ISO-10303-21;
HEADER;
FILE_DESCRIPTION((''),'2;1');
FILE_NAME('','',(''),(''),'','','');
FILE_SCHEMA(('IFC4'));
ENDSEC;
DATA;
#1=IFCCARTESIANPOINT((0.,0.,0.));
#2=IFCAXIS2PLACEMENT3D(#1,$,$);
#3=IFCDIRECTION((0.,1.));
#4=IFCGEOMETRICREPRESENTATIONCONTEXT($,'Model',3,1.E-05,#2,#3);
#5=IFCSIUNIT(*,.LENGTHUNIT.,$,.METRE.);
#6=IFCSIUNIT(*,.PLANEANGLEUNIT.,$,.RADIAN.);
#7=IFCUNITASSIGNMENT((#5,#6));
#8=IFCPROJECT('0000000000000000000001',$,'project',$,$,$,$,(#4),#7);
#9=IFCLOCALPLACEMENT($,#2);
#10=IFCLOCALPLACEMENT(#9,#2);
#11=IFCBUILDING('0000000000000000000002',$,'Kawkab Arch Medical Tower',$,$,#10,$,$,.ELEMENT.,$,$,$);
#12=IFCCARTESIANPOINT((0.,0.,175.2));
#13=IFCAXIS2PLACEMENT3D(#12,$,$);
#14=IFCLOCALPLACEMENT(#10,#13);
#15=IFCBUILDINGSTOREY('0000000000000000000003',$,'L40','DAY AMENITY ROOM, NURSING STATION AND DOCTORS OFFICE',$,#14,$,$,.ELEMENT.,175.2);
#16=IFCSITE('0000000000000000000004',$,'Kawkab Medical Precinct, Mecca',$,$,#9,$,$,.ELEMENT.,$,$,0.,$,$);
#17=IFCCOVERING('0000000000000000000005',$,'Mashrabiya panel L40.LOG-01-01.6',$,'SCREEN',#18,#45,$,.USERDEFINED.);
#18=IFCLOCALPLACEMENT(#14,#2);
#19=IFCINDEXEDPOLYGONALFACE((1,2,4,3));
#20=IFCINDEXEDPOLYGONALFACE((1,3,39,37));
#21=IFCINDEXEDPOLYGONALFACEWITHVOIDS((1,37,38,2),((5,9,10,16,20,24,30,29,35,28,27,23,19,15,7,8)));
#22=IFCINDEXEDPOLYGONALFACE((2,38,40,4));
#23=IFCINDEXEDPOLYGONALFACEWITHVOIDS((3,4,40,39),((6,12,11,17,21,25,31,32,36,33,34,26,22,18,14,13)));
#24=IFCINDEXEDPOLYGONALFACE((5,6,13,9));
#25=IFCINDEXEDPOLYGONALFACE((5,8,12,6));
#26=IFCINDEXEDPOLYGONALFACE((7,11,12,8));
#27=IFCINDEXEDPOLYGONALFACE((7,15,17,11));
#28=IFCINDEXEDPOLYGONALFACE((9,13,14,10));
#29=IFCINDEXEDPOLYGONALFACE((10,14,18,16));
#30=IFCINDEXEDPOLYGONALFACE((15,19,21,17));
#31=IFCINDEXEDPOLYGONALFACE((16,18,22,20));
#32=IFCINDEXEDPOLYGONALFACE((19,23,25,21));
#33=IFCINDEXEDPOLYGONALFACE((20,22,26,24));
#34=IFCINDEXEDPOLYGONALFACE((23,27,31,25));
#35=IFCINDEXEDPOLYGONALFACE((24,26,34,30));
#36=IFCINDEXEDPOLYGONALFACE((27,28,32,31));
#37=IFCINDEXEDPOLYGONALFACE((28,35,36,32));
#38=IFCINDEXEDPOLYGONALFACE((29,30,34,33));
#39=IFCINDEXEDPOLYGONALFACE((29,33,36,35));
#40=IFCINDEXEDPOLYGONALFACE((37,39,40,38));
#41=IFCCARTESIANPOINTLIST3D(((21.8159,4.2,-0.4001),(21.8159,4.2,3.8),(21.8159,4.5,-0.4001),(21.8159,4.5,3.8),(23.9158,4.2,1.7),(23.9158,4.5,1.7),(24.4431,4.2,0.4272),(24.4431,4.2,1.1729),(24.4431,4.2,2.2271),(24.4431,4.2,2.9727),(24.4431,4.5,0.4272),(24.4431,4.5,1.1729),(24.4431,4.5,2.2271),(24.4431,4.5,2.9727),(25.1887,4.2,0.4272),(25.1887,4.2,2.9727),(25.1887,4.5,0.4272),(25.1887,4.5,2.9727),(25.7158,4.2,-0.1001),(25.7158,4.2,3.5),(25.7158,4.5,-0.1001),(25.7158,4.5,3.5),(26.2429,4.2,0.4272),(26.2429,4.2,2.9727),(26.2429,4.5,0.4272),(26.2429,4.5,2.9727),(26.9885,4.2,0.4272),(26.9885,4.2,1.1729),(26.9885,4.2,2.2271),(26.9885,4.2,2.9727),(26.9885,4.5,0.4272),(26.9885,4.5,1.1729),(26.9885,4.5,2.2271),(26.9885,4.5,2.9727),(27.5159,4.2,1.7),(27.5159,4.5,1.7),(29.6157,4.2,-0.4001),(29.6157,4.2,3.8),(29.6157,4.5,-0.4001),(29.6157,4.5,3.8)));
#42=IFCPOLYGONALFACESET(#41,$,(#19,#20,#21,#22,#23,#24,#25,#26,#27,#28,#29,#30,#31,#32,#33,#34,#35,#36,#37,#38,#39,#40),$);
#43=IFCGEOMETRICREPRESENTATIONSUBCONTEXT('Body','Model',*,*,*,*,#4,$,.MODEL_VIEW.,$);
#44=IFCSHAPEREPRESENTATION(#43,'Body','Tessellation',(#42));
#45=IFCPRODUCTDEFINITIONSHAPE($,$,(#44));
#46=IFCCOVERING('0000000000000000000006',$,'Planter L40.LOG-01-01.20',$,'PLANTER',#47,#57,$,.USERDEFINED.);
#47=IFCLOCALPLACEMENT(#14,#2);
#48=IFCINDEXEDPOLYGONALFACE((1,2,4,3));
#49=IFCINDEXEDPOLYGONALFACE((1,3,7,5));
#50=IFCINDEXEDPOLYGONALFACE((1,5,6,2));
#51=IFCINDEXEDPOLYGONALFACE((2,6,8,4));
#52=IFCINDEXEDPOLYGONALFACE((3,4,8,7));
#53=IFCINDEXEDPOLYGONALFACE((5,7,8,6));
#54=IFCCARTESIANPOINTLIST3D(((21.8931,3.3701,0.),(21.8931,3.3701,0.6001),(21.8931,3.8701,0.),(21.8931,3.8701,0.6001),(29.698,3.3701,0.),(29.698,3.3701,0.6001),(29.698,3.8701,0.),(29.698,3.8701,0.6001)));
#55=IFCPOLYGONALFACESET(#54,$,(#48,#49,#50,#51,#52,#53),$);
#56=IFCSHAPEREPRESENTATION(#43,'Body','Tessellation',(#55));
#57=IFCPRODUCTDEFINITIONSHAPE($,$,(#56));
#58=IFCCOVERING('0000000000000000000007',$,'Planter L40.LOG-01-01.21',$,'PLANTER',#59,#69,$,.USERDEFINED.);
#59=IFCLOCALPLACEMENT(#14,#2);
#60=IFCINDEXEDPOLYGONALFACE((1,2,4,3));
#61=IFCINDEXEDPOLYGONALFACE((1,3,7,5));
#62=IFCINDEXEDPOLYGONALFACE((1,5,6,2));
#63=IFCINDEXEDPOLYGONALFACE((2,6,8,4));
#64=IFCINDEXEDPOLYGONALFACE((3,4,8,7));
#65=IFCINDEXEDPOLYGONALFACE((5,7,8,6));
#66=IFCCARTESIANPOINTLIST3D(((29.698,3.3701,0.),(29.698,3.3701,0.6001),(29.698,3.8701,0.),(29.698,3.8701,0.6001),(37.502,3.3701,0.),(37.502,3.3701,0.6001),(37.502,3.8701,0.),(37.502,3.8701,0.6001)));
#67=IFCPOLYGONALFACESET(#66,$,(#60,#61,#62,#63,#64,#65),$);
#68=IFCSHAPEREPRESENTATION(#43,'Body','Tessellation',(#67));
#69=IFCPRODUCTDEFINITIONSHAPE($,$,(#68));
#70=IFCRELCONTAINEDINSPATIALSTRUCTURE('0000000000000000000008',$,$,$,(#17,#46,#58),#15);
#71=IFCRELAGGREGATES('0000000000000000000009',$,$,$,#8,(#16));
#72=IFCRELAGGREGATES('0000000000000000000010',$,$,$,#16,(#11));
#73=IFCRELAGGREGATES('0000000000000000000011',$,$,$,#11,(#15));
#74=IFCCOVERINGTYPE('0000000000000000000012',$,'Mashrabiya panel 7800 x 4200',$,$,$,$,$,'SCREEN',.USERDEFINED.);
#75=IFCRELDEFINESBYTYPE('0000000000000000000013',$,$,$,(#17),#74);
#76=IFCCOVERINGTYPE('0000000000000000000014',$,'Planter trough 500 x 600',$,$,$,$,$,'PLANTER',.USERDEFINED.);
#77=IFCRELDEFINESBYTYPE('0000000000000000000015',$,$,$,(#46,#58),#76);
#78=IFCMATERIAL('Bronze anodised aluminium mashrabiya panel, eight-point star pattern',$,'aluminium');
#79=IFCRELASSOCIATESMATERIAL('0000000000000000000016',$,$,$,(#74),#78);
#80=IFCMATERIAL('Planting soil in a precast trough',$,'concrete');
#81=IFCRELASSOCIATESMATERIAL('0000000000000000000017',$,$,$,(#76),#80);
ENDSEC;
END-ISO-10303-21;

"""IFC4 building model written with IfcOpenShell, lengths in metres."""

from ifc_helpers import new_model, si_unit, direction, frame, origin, origin_2d, place, context, subcontext, project, spatial, polyline, rectangle, outline, extrude, material, material_profile, profile_set, type_object, element, save


model = new_model("IFC4")

# Units and contexts
model_context = context("Model", 3, precision=1e-05, world=origin(), true_north=direction((0.0, 1.0)))
body_context = subcontext(model_context, "Body", "Model", "MODEL_VIEW")
ifc_project = project(units=[si_unit("LENGTHUNIT", "METRE"), si_unit("PLANEANGLEUNIT", "RADIAN")], contexts=[model_context])

# Site, building, storey
site_placement = place(None, origin())
site = spatial("IfcSite", under=ifc_project, at=site_placement, Name="Kawkab Medical Precinct, Mecca", CompositionType="ELEMENT", RefElevation=0.0)
building_placement = place(site_placement, origin())
building = spatial("IfcBuilding", under=site, at=building_placement, Name="Kawkab Arch Medical Tower", CompositionType="ELEMENT")
storey_placement = place(building_placement, frame((0.0, 0.0, 175.2)))
storey = spatial("IfcBuildingStorey", under=building, at=storey_placement, Name="L40", Description="DAY AMENITY ROOM, NURSING STATION AND DOCTORS OFFICE", CompositionType="ELEMENT", Elevation=175.2)

# Coverings
ifc_material_1 = material(Name="Bronze anodised aluminium mashrabiya panel, eight-point star pattern", Category="aluminium")
ifc_material_profile_1 = material_profile(ifc_material_1, outline(polyline([(-3.8999, -2.1001), (3.8999, -2.1001), (3.8999, 2.1001), (-3.8999, 2.1001), (-3.8999, -2.1001)]), holes=[polyline([(1.8, 0.0), (1.2727, 0.5271), (1.2727, 1.2727), (0.5271, 1.2727), (0.0, 1.8), (-0.5271, 1.2727), (-1.2727, 1.2727), (-1.2727, 0.5271), (-1.8, 0.0), (-1.2727, -0.5271), (-1.2727, -1.2727), (-0.5271, -1.2727), (0.0, -1.8), (0.5271, -1.2727), (1.2727, -1.2727), (1.2727, -0.5271), (1.8, 0.0)])]), Name="Mashrabiya panel 7800x4200")
ifc_profile_set_1 = profile_set([ifc_material_profile_1], Name="Bronze anodised aluminium mashrabiya panel, eight-point star pattern")
covering_type_1 = type_object("IfcCoveringType", Name="Mashrabiya panel 7800 x 4200", ElementType="SCREEN", PredefinedType="USERDEFINED", material=ifc_profile_set_1)
covering_1_placement = place(storey_placement, frame((25.7158, 4.2, 1.7), z_axis=(0.0, 1.0, 0.0), x_axis=(-1.0, 0.0, 0.0)))
element("IfcCovering", 1, at=covering_1_placement, inside=storey, type_object=covering_type_1, Name="Mashrabiya panel L40.LOG-01-01.6", ObjectType="SCREEN", PredefinedType="USERDEFINED", context=body_context, shape_type="SweptSolid", body=[
    extrude(outline(polyline([(-3.8999, -2.1001), (3.8999, -2.1001), (3.8999, 2.1001), (-3.8999, 2.1001), (-3.8999, -2.1001)]), holes=[polyline([(1.8, 0.0), (1.2727, 0.5271), (1.2727, 1.2727), (0.5271, 1.2727), (0.0, 1.8), (-0.5271, 1.2727), (-1.2727, 1.2727), (-1.2727, 0.5271), (-1.8, 0.0), (-1.2727, -0.5271), (-1.2727, -1.2727), (-0.5271, -1.2727), (0.0, -1.8), (0.5271, -1.2727), (1.2727, -1.2727), (1.2727, -0.5271), (1.8, 0.0)])]), origin(), (0.0, 0.0, 1.0), 0.3),
])
ifc_material_2 = material(Name="Planting soil in a precast trough", Category="concrete")
ifc_material_profile_2 = material_profile(ifc_material_2, rectangle(XDim=0.5, YDim=0.6001, at=origin_2d()), Name="Trough 500x600")
ifc_profile_set_2 = profile_set([ifc_material_profile_2], Name="Planting soil in a precast trough")
covering_type_2 = type_object("IfcCoveringType", Name="Planter trough 500 x 600", ElementType="PLANTER", PredefinedType="USERDEFINED", material=ifc_profile_set_2)
covering_2_placement = place(storey_placement, frame((21.8931, 3.6201, 0.3), z_axis=(1.0, 0.0, 0.0), x_axis=(0.0, 1.0, 0.0)))
element("IfcCovering", 2, at=covering_2_placement, inside=storey, type_object=covering_type_2, Name="Planter L40.LOG-01-01.20", ObjectType="PLANTER", PredefinedType="USERDEFINED", context=body_context, shape_type="SweptSolid", body=[
    extrude(rectangle(XDim=0.5, YDim=0.6001, at=origin_2d()), origin(), (0.0, 0.0, 1.0), 7.8049),
])
covering_3_placement = place(storey_placement, frame((29.698, 3.6201, 0.3), z_axis=(1.0, 0.0, 0.0), x_axis=(0.0, 1.0, 0.0)))
element("IfcCovering", 3, at=covering_3_placement, inside=storey, type_object=covering_type_2, Name="Planter L40.LOG-01-01.21", ObjectType="PLANTER", PredefinedType="USERDEFINED", context=body_context, shape_type="SweptSolid", body=[
    extrude(rectangle(XDim=0.5, YDim=0.6001, at=origin_2d()), origin(), (0.0, 0.0, 1.0), 7.804),
])

save(model, "model.ifc")
